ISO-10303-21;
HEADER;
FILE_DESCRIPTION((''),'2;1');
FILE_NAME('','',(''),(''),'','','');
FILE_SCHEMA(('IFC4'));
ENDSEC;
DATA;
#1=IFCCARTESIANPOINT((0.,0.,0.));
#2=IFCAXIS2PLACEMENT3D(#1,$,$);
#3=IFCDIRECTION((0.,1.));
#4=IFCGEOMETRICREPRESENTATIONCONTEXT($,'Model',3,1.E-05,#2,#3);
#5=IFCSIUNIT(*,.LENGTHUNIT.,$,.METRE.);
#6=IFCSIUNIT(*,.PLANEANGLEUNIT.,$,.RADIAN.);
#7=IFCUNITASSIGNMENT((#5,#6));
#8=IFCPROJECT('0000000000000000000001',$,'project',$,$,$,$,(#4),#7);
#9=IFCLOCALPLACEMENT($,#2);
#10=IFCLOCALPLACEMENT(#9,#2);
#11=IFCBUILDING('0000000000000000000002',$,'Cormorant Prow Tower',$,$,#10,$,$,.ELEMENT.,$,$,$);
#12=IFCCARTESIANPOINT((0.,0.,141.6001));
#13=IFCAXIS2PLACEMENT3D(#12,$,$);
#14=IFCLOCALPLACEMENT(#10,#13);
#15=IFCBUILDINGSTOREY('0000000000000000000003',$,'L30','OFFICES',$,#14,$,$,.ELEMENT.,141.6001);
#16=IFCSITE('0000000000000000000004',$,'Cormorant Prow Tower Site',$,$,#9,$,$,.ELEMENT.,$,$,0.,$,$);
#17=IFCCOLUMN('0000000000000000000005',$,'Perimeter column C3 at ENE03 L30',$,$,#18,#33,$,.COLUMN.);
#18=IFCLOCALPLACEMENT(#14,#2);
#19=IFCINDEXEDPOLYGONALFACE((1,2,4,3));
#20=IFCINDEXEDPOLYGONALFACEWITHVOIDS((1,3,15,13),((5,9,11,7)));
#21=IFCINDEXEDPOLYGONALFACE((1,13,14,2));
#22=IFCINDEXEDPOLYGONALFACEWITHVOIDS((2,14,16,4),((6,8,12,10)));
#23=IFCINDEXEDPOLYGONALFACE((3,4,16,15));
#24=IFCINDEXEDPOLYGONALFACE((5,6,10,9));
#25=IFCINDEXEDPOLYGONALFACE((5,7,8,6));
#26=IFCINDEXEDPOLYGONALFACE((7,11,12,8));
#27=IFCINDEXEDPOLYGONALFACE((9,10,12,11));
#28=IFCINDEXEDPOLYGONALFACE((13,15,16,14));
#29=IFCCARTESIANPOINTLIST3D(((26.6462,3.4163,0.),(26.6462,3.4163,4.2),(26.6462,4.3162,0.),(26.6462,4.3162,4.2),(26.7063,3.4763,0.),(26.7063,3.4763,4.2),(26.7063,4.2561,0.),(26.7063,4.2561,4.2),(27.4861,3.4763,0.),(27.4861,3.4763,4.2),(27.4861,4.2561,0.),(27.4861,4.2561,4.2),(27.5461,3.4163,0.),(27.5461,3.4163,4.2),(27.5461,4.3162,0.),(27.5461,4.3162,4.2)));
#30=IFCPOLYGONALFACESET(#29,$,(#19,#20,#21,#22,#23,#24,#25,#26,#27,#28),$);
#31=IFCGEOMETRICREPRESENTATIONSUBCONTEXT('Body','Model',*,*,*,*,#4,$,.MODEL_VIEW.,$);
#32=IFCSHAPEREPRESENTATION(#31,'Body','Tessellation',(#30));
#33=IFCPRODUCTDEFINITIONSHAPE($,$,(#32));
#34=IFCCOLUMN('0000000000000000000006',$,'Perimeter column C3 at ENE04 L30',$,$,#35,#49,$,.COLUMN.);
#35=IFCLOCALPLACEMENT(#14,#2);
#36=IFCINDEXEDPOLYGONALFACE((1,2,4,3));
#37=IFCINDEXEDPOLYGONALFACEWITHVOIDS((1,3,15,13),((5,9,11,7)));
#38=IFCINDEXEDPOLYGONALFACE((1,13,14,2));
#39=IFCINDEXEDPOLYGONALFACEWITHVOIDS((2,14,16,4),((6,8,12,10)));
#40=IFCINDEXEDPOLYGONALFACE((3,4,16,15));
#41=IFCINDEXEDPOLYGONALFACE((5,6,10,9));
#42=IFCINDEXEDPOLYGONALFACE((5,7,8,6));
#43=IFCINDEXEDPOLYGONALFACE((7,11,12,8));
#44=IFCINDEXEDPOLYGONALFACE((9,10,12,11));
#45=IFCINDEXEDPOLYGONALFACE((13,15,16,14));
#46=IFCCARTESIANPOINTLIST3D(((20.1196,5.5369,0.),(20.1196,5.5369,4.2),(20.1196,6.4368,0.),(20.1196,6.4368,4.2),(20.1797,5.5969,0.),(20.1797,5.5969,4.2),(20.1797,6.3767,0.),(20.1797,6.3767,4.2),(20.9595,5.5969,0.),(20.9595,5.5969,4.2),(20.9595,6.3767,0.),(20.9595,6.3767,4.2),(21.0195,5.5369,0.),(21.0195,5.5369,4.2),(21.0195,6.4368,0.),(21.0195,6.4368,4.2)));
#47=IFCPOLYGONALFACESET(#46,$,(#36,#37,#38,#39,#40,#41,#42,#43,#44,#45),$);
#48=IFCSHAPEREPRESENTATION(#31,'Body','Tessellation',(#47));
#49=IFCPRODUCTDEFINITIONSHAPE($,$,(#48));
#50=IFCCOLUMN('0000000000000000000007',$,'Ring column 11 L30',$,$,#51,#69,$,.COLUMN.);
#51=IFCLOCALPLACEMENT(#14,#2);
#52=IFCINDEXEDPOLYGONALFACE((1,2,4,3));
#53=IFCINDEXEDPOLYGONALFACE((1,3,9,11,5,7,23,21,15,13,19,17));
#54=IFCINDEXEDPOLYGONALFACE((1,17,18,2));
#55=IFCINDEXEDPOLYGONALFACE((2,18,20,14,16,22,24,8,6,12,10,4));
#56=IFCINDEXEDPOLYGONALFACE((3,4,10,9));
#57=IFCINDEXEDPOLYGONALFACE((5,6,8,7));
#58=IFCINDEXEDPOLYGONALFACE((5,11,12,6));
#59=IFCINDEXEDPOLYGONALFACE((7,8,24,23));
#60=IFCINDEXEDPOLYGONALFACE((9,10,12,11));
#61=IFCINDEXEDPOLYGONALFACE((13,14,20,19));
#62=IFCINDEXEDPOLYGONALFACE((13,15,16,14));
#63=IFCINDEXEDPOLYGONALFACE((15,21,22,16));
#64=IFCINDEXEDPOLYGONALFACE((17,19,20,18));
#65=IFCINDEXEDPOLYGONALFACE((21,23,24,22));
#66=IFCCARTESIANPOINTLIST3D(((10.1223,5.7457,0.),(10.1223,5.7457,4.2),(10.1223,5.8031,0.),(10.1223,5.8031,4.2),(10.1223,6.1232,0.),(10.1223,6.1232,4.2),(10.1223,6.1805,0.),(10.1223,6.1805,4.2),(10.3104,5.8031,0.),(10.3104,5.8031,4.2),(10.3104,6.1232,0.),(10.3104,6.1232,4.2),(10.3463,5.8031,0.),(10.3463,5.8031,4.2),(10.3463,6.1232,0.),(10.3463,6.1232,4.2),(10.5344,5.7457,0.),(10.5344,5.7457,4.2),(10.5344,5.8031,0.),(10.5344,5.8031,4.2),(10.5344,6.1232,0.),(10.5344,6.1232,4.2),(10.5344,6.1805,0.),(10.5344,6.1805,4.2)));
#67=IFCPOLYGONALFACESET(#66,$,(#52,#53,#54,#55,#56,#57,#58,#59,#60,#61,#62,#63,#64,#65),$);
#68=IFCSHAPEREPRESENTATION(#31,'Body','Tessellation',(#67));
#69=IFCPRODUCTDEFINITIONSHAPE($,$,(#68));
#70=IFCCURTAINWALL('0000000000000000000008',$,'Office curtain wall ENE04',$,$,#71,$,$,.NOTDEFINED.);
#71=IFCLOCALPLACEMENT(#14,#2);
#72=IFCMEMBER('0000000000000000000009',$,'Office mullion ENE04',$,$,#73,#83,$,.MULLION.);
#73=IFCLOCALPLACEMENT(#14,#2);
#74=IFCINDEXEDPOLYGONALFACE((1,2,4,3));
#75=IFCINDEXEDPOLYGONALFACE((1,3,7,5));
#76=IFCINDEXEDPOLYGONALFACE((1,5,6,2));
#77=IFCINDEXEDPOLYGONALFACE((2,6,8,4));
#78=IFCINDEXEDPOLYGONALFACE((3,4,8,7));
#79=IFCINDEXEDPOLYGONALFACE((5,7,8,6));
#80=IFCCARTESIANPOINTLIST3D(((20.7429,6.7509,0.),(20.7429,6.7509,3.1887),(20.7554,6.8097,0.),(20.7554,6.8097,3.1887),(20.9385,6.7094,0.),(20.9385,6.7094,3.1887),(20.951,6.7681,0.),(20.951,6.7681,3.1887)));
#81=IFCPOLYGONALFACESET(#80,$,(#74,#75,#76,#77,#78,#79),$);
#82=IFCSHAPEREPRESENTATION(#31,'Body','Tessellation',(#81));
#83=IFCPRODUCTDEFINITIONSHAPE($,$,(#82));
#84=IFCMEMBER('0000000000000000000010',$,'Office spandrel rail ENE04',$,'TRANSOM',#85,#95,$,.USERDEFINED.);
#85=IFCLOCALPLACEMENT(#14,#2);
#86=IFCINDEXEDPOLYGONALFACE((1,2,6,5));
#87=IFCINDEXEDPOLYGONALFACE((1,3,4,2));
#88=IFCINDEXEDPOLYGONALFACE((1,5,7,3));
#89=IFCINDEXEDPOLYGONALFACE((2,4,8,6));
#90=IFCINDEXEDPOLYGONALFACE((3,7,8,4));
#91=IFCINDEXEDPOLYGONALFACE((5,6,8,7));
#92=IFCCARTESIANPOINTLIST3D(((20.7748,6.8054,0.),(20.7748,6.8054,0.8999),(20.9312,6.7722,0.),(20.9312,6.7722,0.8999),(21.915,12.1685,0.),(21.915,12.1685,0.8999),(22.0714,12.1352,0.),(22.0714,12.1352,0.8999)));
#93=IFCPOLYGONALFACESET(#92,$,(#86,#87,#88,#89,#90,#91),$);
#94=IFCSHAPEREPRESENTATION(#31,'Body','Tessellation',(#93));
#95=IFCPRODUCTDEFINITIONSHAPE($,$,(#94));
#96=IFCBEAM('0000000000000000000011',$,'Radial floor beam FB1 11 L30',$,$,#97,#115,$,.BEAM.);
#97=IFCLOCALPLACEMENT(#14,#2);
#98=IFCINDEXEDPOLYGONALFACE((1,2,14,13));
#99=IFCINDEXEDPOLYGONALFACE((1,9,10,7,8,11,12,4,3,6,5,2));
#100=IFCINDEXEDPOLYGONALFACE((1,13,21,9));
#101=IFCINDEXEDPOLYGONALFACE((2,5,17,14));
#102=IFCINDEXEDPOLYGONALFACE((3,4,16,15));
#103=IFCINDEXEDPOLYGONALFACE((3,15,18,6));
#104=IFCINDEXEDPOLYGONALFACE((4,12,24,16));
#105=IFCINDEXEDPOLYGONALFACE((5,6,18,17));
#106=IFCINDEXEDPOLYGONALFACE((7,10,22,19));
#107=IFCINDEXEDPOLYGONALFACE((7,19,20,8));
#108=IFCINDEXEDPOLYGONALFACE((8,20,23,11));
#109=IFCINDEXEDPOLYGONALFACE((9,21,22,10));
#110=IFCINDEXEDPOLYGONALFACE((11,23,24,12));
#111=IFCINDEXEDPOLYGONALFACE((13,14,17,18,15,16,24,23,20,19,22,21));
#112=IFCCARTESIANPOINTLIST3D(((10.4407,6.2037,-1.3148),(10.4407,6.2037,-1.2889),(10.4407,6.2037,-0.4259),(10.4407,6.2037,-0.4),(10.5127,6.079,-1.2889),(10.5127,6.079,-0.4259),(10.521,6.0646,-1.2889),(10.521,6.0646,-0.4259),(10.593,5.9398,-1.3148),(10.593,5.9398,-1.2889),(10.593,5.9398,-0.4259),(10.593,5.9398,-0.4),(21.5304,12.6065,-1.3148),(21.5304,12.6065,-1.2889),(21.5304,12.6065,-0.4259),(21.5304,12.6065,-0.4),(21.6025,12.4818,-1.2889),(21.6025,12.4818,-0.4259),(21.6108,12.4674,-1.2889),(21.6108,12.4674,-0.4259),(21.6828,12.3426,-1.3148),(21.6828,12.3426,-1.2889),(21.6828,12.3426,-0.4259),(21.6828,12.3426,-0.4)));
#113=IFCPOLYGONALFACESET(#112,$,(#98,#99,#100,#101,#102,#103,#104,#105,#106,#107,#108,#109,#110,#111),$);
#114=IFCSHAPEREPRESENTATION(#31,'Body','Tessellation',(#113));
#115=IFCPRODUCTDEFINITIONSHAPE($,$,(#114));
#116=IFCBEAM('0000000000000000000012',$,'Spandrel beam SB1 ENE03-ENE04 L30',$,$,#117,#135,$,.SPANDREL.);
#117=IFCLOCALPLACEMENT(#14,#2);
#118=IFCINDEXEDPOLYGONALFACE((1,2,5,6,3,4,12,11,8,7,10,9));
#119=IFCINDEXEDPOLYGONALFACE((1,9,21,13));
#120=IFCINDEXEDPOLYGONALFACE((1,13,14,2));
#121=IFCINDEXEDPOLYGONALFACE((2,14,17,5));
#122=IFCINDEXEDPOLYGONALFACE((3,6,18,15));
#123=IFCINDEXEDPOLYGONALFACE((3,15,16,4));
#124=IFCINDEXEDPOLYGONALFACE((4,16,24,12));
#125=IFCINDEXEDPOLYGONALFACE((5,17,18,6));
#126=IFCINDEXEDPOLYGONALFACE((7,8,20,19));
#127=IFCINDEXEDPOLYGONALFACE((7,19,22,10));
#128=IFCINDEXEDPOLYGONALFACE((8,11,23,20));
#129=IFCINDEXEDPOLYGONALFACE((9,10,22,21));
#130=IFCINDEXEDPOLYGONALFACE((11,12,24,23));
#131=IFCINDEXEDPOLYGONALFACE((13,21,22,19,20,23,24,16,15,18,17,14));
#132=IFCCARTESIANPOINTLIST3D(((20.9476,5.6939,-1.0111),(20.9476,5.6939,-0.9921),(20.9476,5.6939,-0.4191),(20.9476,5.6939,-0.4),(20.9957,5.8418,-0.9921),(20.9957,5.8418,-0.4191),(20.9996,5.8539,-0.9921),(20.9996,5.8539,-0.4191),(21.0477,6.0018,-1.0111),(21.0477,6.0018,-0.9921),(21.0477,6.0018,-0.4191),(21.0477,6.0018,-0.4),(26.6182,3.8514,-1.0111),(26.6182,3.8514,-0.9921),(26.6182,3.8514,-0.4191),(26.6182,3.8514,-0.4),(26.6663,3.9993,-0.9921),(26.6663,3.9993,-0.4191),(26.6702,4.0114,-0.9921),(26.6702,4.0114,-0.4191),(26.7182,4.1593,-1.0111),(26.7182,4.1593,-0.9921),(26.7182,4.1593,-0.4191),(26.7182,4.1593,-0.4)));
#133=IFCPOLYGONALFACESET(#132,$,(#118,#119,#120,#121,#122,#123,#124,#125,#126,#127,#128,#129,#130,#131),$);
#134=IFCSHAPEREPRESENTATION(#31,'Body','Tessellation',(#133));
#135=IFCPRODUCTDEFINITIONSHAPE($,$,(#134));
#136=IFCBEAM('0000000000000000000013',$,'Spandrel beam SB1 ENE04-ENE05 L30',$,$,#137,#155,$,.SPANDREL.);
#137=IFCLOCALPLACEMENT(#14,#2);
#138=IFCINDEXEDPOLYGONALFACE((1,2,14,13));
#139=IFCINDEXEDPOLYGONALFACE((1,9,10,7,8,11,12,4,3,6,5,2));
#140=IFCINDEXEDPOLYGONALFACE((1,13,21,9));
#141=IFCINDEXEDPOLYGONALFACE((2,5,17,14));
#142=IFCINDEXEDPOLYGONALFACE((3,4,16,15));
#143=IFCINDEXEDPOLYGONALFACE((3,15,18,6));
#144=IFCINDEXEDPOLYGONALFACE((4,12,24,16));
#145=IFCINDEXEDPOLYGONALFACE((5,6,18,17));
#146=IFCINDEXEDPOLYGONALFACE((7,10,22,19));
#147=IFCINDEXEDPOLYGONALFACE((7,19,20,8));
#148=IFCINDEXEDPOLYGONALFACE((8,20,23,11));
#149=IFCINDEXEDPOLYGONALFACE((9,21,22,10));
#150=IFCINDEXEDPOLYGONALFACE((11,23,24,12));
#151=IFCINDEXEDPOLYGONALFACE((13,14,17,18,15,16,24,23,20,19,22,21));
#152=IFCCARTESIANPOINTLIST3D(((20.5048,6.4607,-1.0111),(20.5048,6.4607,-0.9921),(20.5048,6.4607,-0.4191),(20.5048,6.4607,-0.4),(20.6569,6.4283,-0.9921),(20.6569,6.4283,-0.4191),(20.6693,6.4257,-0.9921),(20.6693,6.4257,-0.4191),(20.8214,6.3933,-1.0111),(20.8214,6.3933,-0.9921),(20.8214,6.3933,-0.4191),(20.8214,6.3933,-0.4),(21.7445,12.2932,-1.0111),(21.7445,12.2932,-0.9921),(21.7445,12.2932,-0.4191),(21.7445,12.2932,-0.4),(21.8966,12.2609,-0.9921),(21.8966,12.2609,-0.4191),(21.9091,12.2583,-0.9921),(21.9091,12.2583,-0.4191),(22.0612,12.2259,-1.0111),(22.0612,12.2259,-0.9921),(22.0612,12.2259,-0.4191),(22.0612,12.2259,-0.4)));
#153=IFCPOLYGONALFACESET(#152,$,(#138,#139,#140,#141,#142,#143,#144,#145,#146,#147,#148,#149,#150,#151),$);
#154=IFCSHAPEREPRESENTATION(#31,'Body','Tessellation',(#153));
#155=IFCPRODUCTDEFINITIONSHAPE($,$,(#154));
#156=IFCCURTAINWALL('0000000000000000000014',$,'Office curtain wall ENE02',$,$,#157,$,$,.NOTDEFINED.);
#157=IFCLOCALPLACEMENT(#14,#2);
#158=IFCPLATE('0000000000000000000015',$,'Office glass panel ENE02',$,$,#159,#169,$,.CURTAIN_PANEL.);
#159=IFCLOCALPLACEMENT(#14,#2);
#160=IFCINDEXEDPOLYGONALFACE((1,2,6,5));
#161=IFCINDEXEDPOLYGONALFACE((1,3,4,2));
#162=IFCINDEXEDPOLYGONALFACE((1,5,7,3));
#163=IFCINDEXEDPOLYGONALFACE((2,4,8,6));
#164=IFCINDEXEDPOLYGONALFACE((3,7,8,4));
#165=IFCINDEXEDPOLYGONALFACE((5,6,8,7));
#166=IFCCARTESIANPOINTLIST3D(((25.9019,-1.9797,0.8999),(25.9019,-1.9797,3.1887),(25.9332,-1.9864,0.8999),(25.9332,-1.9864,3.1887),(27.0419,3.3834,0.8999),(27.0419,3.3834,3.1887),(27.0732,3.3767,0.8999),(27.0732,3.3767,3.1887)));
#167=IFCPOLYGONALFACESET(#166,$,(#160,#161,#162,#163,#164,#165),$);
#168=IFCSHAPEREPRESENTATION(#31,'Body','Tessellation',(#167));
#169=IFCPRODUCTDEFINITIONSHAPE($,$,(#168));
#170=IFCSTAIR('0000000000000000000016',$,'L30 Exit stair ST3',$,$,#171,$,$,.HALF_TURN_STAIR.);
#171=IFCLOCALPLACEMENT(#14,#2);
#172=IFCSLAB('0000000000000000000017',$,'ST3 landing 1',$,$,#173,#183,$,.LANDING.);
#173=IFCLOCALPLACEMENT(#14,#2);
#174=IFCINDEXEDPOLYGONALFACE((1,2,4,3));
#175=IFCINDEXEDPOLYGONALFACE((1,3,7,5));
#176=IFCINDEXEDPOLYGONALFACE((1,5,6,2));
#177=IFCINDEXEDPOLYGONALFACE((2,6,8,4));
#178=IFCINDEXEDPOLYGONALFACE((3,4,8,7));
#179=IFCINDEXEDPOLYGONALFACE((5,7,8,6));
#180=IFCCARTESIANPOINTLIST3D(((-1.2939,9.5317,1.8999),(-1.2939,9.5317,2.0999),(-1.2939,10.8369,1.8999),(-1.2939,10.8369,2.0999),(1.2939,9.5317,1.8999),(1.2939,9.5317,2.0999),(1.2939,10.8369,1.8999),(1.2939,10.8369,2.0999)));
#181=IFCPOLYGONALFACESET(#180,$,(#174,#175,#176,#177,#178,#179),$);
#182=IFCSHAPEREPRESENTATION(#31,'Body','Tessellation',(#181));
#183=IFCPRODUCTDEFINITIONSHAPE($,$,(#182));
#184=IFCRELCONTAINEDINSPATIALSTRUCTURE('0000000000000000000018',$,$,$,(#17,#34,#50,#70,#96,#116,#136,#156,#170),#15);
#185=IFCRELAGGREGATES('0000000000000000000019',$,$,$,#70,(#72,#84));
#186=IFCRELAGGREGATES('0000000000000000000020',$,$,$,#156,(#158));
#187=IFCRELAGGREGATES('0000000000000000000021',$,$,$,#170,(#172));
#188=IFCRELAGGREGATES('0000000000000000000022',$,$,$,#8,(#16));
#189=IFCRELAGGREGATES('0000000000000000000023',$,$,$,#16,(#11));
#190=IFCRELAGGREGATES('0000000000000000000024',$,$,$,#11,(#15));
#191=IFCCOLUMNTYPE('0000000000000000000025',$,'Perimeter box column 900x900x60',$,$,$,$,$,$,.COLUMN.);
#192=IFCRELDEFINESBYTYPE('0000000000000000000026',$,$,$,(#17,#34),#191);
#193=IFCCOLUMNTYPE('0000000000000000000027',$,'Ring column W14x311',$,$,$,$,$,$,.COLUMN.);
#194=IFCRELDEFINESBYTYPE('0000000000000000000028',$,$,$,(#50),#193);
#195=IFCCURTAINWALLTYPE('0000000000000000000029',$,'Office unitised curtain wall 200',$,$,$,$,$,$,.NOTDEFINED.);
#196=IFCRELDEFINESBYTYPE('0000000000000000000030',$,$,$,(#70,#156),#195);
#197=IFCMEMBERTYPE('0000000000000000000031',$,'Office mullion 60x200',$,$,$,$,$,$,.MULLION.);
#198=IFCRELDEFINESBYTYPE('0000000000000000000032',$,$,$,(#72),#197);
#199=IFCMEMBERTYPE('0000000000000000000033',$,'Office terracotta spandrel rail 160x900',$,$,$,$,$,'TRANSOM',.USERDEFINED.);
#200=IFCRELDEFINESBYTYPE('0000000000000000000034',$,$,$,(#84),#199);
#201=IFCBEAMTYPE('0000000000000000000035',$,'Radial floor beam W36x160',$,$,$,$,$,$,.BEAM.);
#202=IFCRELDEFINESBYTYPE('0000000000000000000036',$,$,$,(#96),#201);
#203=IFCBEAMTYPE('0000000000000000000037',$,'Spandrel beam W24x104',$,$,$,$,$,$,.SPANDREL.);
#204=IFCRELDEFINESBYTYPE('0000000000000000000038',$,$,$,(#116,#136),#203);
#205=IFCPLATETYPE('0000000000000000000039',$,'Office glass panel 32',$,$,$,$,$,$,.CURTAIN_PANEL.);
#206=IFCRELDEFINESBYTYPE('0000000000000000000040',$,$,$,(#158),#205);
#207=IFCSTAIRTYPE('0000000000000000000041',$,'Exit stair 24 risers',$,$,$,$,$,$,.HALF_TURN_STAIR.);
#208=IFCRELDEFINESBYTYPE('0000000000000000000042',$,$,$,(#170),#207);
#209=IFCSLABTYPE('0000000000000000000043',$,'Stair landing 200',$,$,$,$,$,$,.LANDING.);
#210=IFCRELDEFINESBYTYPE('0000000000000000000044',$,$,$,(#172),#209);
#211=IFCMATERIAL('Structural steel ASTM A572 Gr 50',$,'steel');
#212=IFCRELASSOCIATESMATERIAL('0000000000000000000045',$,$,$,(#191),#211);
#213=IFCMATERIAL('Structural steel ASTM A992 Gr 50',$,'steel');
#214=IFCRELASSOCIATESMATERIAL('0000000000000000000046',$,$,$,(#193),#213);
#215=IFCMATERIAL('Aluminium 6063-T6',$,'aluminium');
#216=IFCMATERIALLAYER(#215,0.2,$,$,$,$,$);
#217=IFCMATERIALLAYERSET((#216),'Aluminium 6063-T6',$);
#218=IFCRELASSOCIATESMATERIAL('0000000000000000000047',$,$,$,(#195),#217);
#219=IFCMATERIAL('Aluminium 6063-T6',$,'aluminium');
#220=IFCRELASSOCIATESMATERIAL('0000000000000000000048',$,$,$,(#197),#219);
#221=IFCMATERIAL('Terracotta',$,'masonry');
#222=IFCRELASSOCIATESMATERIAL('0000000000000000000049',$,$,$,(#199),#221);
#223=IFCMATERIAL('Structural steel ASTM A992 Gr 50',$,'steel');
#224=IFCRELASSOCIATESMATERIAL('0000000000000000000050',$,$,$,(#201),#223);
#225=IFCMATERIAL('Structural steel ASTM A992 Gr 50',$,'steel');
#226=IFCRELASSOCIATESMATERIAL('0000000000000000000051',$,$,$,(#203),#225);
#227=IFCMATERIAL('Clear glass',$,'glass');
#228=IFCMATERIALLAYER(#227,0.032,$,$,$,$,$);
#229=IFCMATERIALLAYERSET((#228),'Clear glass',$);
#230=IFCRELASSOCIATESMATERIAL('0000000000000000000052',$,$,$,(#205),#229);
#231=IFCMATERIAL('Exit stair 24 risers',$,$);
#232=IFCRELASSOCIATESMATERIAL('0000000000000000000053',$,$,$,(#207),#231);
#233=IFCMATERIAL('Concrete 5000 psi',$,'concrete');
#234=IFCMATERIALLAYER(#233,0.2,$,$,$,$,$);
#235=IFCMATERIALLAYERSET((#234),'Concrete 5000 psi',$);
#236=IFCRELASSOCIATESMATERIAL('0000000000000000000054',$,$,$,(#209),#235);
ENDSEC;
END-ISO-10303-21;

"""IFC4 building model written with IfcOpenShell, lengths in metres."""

from ifc_helpers import new_model, si_unit, direction, frame, origin, origin_2d, place, context, subcontext, project, spatial, polyline, rectangle, hollow_rectangle, i_section, outline, extrude, material, layer, layer_set, material_profile, profile_set, type_object, element, aggregate, save


model = new_model("IFC4")

# Units and contexts
model_context = context("Model", 3, precision=1e-05, world=origin(), true_north=direction((0.0, 1.0)))
body_context = subcontext(model_context, "Body", "Model", "MODEL_VIEW")
ifc_project = project(units=[si_unit("LENGTHUNIT", "METRE"), si_unit("PLANEANGLEUNIT", "RADIAN")], contexts=[model_context])

# Site, building, storey
site_placement = place(None, origin())
site = spatial("IfcSite", under=ifc_project, at=site_placement, Name="Cormorant Prow Tower Site", CompositionType="ELEMENT", RefElevation=0.0)
building_placement = place(site_placement, origin())
building = spatial("IfcBuilding", under=site, at=building_placement, Name="Cormorant Prow Tower", CompositionType="ELEMENT")
storey_placement = place(building_placement, frame((0.0, 0.0, 141.6001)))
storey = spatial("IfcBuildingStorey", under=building, at=storey_placement, Name="L30", Description="OFFICES", CompositionType="ELEMENT", Elevation=141.6001)

# Columns
ifc_material_1 = material(Name="Structural steel ASTM A572 Gr 50", Category="steel")
ifc_material_profile_1 = material_profile(ifc_material_1, hollow_rectangle(XDim=0.8999, YDim=0.8999, WallThickness=0.0601, at=origin_2d()), Name="Box 900x900x60")
ifc_profile_set_1 = profile_set([ifc_material_profile_1], Name="Structural steel ASTM A572 Gr 50")
column_type_1 = type_object("IfcColumnType", Name="Perimeter box column 900x900x60", PredefinedType="COLUMN", material=ifc_profile_set_1)
for number, where, z_axis, x_axis, name in (
    (1, (27.0962, 3.8662, 0.0), (0.0, 0.0, 1.0), (1.0, 0.0, 0.0), "Perimeter column C3 at ENE03 L30"),
    (2, (20.5696, 5.9868, 0.0), (0.0, 0.0, 1.0), (1.0, 0.0, 0.0), "Perimeter column C3 at ENE04 L30"),
):
    element("IfcColumn", number, at=place(storey_placement, frame(where, z_axis=z_axis, x_axis=x_axis)), inside=storey, type_object=column_type_1, Name=name, PredefinedType="COLUMN", context=body_context, shape_type="SweptSolid", body=[
        extrude(hollow_rectangle(XDim=0.8999, YDim=0.8999, WallThickness=0.0601, at=origin_2d()), origin(), (0.0, 0.0, 1.0), 4.2),
    ])
ifc_material_2 = material(Name="Structural steel ASTM A992 Gr 50", Category="steel")
ifc_material_profile_2 = material_profile(ifc_material_2, i_section(OverallWidth=0.4121, OverallDepth=0.4348, WebThickness=0.0359, FlangeThickness=0.0574, at=origin_2d()), Name="W14x311")
ifc_profile_set_2 = profile_set([ifc_material_profile_2], Name="Structural steel ASTM A992 Gr 50")
column_type_2 = type_object("IfcColumnType", Name="Ring column W14x311", PredefinedType="COLUMN", material=ifc_profile_set_2)
column_placement = place(storey_placement, frame((10.3284, 5.9631, 0.0), z_axis=(0.0, 0.0, 1.0), x_axis=(1.0, 0.0, 0.0)))
element("IfcColumn", 3, at=column_placement, inside=storey, type_object=column_type_2, Name="Ring column 11 L30", PredefinedType="COLUMN", context=body_context, shape_type="SweptSolid", body=[
    extrude(i_section(OverallWidth=0.4121, OverallDepth=0.4348, WebThickness=0.0359, FlangeThickness=0.0574, at=origin_2d()), origin(), (0.0, 0.0, 1.0), 4.2),
])

# Curtain wall, members
ifc_material_3 = material(Name="Aluminium 6063-T6", Category="aluminium")
ifc_layer_1 = layer(ifc_material_3, 0.2)
ifc_layer_set_1 = layer_set([ifc_layer_1], Name="Aluminium 6063-T6")
curtain_wall_type = type_object("IfcCurtainWallType", Name="Office unitised curtain wall 200", PredefinedType="NOTDEFINED", material=ifc_layer_set_1)
curtain_wall_1_placement = place(storey_placement, origin())
curtain_wall_1 = element("IfcCurtainWall", 4, at=curtain_wall_1_placement, inside=storey, type_object=curtain_wall_type, Name="Office curtain wall ENE04", PredefinedType="NOTDEFINED")
ifc_material_4 = material(Name="Aluminium 6063-T6", Category="aluminium")
ifc_material_profile_3 = material_profile(ifc_material_4, rectangle(XDim=0.2, YDim=0.0601, at=origin_2d()), Name="Office mullion 60x200")
ifc_profile_set_3 = profile_set([ifc_material_profile_3], Name="Aluminium 6063-T6")
member_type_1 = type_object("IfcMemberType", Name="Office mullion 60x200", PredefinedType="MULLION", material=ifc_profile_set_3)
member_1_placement = place(storey_placement, frame((20.8469, 6.7595, 0.0), z_axis=(0.0, 0.0, 1.0), x_axis=(-0.978148, 0.207912, 0.0)))
member_1 = element("IfcMember", 5, at=member_1_placement, type_object=member_type_1, Name="Office mullion ENE04", PredefinedType="MULLION", context=body_context, shape_type="SweptSolid", body=[
    extrude(rectangle(XDim=0.2, YDim=0.0601, at=origin_2d()), origin(), (0.0, 0.0, 1.0), 3.1887),
])
ifc_material_5 = material(Name="Terracotta", Category="masonry")
ifc_material_profile_4 = material_profile(ifc_material_5, rectangle(XDim=0.1599, YDim=0.8999, at=origin_2d()), Name="Office terracotta spandrel rail 160x900")
ifc_profile_set_4 = profile_set([ifc_material_profile_4], Name="Terracotta")
member_type_2 = type_object("IfcMemberType", Name="Office terracotta spandrel rail 160x900", ElementType="TRANSOM", PredefinedType="USERDEFINED", material=ifc_profile_set_4)
member_2_placement = place(storey_placement, frame((20.853, 6.7888, 0.45), z_axis=(0.207944, 0.978141, 0.0), x_axis=(-0.978141, 0.207944, 0.0)))
member_2 = element("IfcMember", 6, at=member_2_placement, type_object=member_type_2, Name="Office spandrel rail ENE04", ObjectType="TRANSOM", PredefinedType="USERDEFINED", context=body_context, shape_type="SweptSolid", body=[
    extrude(rectangle(XDim=0.1599, YDim=0.8999, at=origin_2d()), origin(), (0.0, 0.0, 1.0), 5.4829),
])
aggregate(curtain_wall_1, [member_1, member_2])

# Beams
ifc_material_6 = material(Name="Structural steel ASTM A992 Gr 50", Category="steel")
ifc_material_profile_5 = material_profile(ifc_material_6, i_section(OverallWidth=0.3047, OverallDepth=0.9148, WebThickness=0.0166, FlangeThickness=0.0259, at=origin_2d()), Name="W36x160")
ifc_profile_set_5 = profile_set([ifc_material_profile_5], Name="Structural steel ASTM A992 Gr 50")
beam_type_1 = type_object("IfcBeamType", Name="Radial floor beam W36x160", PredefinedType="BEAM", material=ifc_profile_set_5)
beam_1_placement = place(storey_placement, frame((10.5168, 6.0718, -0.8574), z_axis=(0.866022, 0.500006, 0.0), x_axis=(-0.500006, 0.866022, 0.0)))
element("IfcBeam", 7, at=beam_1_placement, inside=storey, type_object=beam_type_1, Name="Radial floor beam FB1 11 L30", PredefinedType="BEAM", context=body_context, shape_type="SweptSolid", body=[
    extrude(i_section(OverallWidth=0.3047, OverallDepth=0.9148, WebThickness=0.0166, FlangeThickness=0.0259, at=origin_2d()), origin(), (0.0, 0.0, 1.0), 12.8054),
])
ifc_material_7 = material(Name="Structural steel ASTM A992 Gr 50", Category="steel")
ifc_material_profile_6 = material_profile(ifc_material_7, i_section(OverallWidth=0.3237, OverallDepth=0.6111, WebThickness=0.0127, FlangeThickness=0.019, at=origin_2d()), Name="W24x104")
ifc_profile_set_6 = profile_set([ifc_material_profile_6], Name="Structural steel ASTM A992 Gr 50")
beam_type_2 = type_object("IfcBeamType", Name="Spandrel beam W24x104", PredefinedType="SPANDREL", material=ifc_profile_set_6)
beam_2_placement = place(storey_placement, frame((26.6682, 4.0054, -0.7056), z_axis=(-0.951055, 0.30902, 0.0), x_axis=(-0.30902, -0.951055, 0.0)))
element("IfcBeam", 8, at=beam_2_placement, inside=storey, type_object=beam_type_2, Name="Spandrel beam SB1 ENE03-ENE04 L30", PredefinedType="SPANDREL", context=body_context, shape_type="SweptSolid", body=[
    extrude(i_section(OverallWidth=0.3237, OverallDepth=0.6111, WebThickness=0.0127, FlangeThickness=0.019, at=origin_2d()), origin(), (0.0, 0.0, 1.0), 5.9624),
])
beam_3_placement = place(storey_placement, frame((20.6631, 6.427, -0.7056), z_axis=(0.207913, 0.978147, 0.0), x_axis=(-0.978147, 0.207913, 0.0)))
element("IfcBeam", 9, at=beam_3_placement, inside=storey, type_object=beam_type_2, Name="Spandrel beam SB1 ENE04-ENE05 L30", PredefinedType="SPANDREL", context=body_context, shape_type="SweptSolid", body=[
    extrude(i_section(OverallWidth=0.3237, OverallDepth=0.6111, WebThickness=0.0127, FlangeThickness=0.019, at=origin_2d()), origin(), (0.0, 0.0, 1.0), 5.9629),
])

# Curtain wall, plate
curtain_wall_2_placement = place(storey_placement, origin())
curtain_wall_2 = element("IfcCurtainWall", 10, at=curtain_wall_2_placement, inside=storey, type_object=curtain_wall_type, Name="Office curtain wall ENE02", PredefinedType="NOTDEFINED")
ifc_material_8 = material(Name="Clear glass", Category="glass")
ifc_layer_2 = layer(ifc_material_8, 0.032)
ifc_layer_set_2 = layer_set([ifc_layer_2], Name="Clear glass")
plate_type = type_object("IfcPlateType", Name="Office glass panel 32", PredefinedType="CURTAIN_PANEL", material=ifc_layer_set_2)
plate_placement = place(storey_placement, frame((26.4875, 0.6985, 0.8999), z_axis=(0.0, 0.0, 1.0), x_axis=(0.207912, 0.978148, 0.0)))
plate = element("IfcPlate", 11, at=plate_placement, type_object=plate_type, Name="Office glass panel ENE02", PredefinedType="CURTAIN_PANEL", context=body_context, shape_type="SweptSolid", body=[
    extrude(rectangle(XDim=5.4829, YDim=0.032, at=origin_2d()), origin(), (0.0, 0.0, 1.0), 2.2888),
])
aggregate(curtain_wall_2, [plate])

# Stair, slab
ifc_material_9 = material(Name="Exit stair 24 risers")
stair_type = type_object("IfcStairType", Name="Exit stair 24 risers", PredefinedType="HALF_TURN_STAIR", material=ifc_material_9)
stair_placement = place(storey_placement, origin())
stair = element("IfcStair", 12, at=stair_placement, inside=storey, type_object=stair_type, Name="L30 Exit stair ST3", PredefinedType="HALF_TURN_STAIR")
ifc_material_10 = material(Name="Concrete 5000 psi", Category="concrete")
ifc_layer_3 = layer(ifc_material_10, 0.2)
ifc_layer_set_3 = layer_set([ifc_layer_3], Name="Concrete 5000 psi")
slab_type = type_object("IfcSlabType", Name="Stair landing 200", PredefinedType="LANDING", material=ifc_layer_set_3)
slab_placement = place(storey_placement, frame((0.0, 0.0, 1.8999)))
slab = element("IfcSlab", 13, at=slab_placement, type_object=slab_type, Name="ST3 landing 1", PredefinedType="LANDING", context=body_context, shape_type="SweptSolid", body=[
    extrude(outline(polyline([(1.2939, 9.5317), (1.2939, 10.8369), (-1.2939, 10.8369), (-1.2939, 9.5317), (1.2939, 9.5317)])), origin(), (0.0, 0.0, 1.0), 0.2),
])

aggregate(stair, [slab])

save(model, "model.ifc")
